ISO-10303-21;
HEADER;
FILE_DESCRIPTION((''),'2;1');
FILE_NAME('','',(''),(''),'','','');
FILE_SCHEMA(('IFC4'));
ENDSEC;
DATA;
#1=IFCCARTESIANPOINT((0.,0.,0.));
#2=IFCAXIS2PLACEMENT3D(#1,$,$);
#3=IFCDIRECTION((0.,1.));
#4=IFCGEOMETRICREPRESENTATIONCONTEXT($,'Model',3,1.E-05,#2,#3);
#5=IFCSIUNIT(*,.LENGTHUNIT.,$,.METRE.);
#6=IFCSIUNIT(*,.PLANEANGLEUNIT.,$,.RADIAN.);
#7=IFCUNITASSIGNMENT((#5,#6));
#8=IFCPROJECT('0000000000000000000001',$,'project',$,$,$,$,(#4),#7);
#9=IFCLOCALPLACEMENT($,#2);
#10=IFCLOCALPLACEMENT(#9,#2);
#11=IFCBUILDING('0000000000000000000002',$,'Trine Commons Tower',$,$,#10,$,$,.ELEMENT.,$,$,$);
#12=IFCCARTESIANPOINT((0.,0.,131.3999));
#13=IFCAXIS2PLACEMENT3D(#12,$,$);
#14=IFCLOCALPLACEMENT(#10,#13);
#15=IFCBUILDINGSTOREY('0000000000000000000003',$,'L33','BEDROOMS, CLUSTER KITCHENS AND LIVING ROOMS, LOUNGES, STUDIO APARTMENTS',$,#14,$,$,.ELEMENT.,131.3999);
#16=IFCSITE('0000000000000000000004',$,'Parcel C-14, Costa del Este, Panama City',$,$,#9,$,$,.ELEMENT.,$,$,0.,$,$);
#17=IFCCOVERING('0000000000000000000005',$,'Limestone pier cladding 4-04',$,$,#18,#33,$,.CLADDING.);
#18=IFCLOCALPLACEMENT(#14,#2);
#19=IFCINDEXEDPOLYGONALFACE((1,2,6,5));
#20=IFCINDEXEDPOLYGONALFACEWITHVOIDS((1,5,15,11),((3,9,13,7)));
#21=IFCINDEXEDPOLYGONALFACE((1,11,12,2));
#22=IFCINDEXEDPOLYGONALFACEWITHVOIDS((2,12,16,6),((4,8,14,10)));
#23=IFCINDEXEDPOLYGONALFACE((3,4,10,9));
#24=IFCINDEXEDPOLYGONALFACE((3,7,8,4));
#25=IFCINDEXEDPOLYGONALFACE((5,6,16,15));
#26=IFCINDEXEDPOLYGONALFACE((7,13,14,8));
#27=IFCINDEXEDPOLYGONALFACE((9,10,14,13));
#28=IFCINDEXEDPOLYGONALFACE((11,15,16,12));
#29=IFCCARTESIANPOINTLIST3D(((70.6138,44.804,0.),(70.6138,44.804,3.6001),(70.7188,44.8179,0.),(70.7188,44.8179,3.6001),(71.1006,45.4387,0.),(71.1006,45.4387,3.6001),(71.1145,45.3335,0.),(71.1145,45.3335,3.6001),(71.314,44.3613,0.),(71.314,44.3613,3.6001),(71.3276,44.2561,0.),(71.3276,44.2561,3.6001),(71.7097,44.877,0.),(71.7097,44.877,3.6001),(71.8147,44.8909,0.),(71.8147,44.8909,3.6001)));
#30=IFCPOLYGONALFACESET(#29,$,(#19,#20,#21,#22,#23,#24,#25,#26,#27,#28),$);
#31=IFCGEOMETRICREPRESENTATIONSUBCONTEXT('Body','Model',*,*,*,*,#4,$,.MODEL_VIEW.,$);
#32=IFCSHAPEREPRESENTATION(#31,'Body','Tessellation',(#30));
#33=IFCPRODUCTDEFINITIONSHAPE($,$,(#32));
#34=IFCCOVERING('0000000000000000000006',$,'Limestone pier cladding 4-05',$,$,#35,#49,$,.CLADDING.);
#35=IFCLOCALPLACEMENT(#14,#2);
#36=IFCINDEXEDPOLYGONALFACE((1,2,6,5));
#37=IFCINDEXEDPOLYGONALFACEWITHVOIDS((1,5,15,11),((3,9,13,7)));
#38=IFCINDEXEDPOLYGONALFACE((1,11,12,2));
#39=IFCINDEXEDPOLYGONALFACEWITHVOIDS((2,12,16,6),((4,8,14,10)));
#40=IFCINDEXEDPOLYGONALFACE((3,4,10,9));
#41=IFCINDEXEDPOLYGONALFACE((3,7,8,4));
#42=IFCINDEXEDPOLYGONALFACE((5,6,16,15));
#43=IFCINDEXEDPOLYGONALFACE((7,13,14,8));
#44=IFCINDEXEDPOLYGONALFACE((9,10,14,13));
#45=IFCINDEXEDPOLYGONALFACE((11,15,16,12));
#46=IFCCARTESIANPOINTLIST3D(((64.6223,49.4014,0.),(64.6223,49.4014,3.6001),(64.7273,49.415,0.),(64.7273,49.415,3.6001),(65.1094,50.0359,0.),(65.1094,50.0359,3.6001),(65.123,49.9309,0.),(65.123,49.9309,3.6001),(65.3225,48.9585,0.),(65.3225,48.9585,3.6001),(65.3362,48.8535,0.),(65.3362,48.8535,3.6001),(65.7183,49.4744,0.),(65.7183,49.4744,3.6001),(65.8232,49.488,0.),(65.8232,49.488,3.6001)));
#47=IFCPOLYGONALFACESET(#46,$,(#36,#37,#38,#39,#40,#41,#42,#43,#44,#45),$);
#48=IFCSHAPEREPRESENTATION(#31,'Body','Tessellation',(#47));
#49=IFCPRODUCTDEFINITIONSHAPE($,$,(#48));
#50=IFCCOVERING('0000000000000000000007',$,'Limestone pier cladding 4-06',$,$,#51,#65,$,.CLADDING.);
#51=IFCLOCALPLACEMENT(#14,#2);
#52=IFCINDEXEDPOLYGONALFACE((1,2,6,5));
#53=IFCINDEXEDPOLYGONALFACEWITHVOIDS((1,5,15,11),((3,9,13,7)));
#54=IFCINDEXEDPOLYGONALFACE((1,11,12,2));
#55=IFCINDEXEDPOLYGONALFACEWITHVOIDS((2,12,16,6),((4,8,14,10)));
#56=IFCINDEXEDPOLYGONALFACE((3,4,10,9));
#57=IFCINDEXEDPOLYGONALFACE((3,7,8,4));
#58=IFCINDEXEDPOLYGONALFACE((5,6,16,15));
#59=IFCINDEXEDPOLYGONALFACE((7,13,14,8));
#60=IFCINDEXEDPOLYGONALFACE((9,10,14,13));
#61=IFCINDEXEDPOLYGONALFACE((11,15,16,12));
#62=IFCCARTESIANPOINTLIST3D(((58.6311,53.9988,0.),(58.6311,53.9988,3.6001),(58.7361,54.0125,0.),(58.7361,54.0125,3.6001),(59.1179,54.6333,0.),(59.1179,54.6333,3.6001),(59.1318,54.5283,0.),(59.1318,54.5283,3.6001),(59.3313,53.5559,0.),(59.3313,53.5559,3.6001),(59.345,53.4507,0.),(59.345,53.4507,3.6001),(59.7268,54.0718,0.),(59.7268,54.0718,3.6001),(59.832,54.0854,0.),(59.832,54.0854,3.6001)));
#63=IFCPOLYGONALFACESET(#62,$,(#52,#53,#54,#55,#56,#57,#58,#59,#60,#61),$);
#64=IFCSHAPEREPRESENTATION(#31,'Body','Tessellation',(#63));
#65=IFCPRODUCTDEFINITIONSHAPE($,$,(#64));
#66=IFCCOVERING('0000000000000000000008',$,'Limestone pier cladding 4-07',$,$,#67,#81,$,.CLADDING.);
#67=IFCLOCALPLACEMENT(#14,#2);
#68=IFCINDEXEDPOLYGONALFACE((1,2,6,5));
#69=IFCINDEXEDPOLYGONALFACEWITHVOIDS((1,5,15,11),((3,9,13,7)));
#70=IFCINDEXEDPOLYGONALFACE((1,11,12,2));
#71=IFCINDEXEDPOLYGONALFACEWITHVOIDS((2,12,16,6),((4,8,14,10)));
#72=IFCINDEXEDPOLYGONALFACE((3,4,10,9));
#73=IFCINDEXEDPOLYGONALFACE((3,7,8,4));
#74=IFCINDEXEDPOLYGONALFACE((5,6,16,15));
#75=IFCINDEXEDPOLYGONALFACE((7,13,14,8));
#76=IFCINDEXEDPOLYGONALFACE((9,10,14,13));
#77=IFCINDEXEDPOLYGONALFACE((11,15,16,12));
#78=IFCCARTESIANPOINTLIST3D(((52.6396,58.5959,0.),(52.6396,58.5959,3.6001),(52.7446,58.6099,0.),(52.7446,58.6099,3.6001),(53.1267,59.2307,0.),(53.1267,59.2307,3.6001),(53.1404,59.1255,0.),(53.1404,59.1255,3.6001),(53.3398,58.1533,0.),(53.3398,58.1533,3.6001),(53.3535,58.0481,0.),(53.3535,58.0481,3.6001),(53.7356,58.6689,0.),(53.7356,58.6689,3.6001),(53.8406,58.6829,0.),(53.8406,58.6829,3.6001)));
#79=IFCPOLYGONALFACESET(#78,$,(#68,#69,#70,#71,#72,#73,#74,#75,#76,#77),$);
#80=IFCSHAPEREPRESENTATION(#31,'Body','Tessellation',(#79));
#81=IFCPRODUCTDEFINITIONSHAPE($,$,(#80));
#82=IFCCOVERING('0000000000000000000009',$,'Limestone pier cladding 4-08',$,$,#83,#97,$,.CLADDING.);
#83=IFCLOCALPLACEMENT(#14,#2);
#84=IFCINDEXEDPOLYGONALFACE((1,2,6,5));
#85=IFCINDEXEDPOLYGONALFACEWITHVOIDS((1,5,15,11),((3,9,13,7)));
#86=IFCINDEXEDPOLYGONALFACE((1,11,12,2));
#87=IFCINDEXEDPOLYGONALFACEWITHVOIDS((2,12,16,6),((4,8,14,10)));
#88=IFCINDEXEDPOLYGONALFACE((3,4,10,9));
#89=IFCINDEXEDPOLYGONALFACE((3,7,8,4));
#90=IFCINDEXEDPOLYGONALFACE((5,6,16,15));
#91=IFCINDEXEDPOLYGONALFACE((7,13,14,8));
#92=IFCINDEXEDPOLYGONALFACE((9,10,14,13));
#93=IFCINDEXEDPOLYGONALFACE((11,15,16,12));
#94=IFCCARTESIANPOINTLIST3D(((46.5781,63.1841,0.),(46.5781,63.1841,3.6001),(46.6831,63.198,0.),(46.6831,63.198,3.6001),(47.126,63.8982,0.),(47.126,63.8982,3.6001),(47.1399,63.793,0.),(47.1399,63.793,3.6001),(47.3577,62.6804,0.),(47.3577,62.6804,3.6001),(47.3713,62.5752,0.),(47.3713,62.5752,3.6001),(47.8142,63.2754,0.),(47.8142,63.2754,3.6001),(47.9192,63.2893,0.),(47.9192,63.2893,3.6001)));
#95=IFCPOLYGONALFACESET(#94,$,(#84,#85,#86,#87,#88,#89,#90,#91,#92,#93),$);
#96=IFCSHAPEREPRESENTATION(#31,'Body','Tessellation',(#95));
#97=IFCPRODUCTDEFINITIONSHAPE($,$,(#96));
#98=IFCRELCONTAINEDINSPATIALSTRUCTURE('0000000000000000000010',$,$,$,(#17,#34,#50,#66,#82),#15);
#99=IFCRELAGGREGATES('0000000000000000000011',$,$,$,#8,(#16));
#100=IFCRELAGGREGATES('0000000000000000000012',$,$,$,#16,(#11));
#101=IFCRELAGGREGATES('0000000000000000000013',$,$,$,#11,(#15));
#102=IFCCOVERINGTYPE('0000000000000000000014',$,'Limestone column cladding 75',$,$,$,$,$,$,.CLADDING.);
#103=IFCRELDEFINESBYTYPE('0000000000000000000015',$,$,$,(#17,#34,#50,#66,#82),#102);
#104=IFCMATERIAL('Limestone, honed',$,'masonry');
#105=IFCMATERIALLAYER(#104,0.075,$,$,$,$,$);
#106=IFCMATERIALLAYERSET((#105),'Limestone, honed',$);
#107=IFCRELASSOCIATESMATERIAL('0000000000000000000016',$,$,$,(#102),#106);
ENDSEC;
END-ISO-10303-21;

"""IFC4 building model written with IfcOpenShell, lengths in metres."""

from ifc_helpers import new_model, si_unit, direction, frame, origin, place, context, subcontext, project, spatial, polyline, outline, extrude, material, layer, layer_set, type_object, element, save


model = new_model("IFC4")

# Units and contexts
model_context = context("Model", 3, precision=1e-05, world=origin(), true_north=direction((0.0, 1.0)))
body_context = subcontext(model_context, "Body", "Model", "MODEL_VIEW")
ifc_project = project(units=[si_unit("LENGTHUNIT", "METRE"), si_unit("PLANEANGLEUNIT", "RADIAN")], contexts=[model_context])

# Site, building, storey
site_placement = place(None, origin())
site = spatial("IfcSite", under=ifc_project, at=site_placement, Name="Parcel C-14, Costa del Este, Panama City", CompositionType="ELEMENT", RefElevation=0.0)
building_placement = place(site_placement, origin())
building = spatial("IfcBuilding", under=site, at=building_placement, Name="Trine Commons Tower", CompositionType="ELEMENT")
storey_placement = place(building_placement, frame((0.0, 0.0, 131.3999)))
storey = spatial("IfcBuildingStorey", under=building, at=storey_placement, Name="L33", Description="BEDROOMS, CLUSTER KITCHENS AND LIVING ROOMS, LOUNGES, STUDIO APARTMENTS", CompositionType="ELEMENT", Elevation=131.3999)

# Coverings
ifc_material_1 = material(Name="Limestone, honed", Category="masonry")
ifc_layer_1 = layer(ifc_material_1, 0.075)
ifc_layer_set_1 = layer_set([ifc_layer_1], Name="Limestone, honed")
covering_type_1 = type_object("IfcCoveringType", Name="Limestone column cladding 75", PredefinedType="CLADDING", material=ifc_layer_set_1)
covering_1_placement = place(storey_placement, origin())
element("IfcCovering", 1, at=covering_1_placement, inside=storey, type_object=covering_type_1, Name="Limestone pier cladding 4-04", PredefinedType="CLADDING", context=body_context, shape_type="SweptSolid", body=[
    extrude(outline(polyline([(71.1006, 45.4387), (70.6138, 44.804), (71.3276, 44.2561), (71.8147, 44.8909), (71.1006, 45.4387)]), holes=[polyline([(71.1145, 45.3335), (70.7188, 44.8179), (71.314, 44.3613), (71.7097, 44.877), (71.1145, 45.3335)])]), origin(), (0.0, 0.0, 1.0), 3.6001),
])
covering_2_placement = place(storey_placement, origin())
element("IfcCovering", 2, at=covering_2_placement, inside=storey, type_object=covering_type_1, Name="Limestone pier cladding 4-05", PredefinedType="CLADDING", context=body_context, shape_type="SweptSolid", body=[
    extrude(outline(polyline([(65.1094, 50.0359), (64.6223, 49.4014), (65.3362, 48.8535), (65.8232, 49.488), (65.1094, 50.0359)]), holes=[polyline([(65.123, 49.9309), (64.7273, 49.415), (65.3225, 48.9585), (65.7183, 49.4744), (65.123, 49.9309)])]), origin(), (0.0, 0.0, 1.0), 3.6001),
])
covering_3_placement = place(storey_placement, origin())
element("IfcCovering", 3, at=covering_3_placement, inside=storey, type_object=covering_type_1, Name="Limestone pier cladding 4-06", PredefinedType="CLADDING", context=body_context, shape_type="SweptSolid", body=[
    extrude(outline(polyline([(59.1179, 54.6333), (58.6311, 53.9988), (59.345, 53.4507), (59.832, 54.0854), (59.1179, 54.6333)]), holes=[polyline([(59.1318, 54.5283), (58.7361, 54.0125), (59.3313, 53.5559), (59.7268, 54.0718), (59.1318, 54.5283)])]), origin(), (0.0, 0.0, 1.0), 3.6001),
])
covering_4_placement = place(storey_placement, origin())
element("IfcCovering", 4, at=covering_4_placement, inside=storey, type_object=covering_type_1, Name="Limestone pier cladding 4-07", PredefinedType="CLADDING", context=body_context, shape_type="SweptSolid", body=[
    extrude(outline(polyline([(53.1267, 59.2307), (52.6396, 58.5959), (53.3535, 58.0481), (53.8406, 58.6829), (53.1267, 59.2307)]), holes=[polyline([(53.1404, 59.1255), (52.7446, 58.6099), (53.3398, 58.1533), (53.7356, 58.6689), (53.1404, 59.1255)])]), origin(), (0.0, 0.0, 1.0), 3.6001),
])
covering_5_placement = place(storey_placement, origin())
element("IfcCovering", 5, at=covering_5_placement, inside=storey, type_object=covering_type_1, Name="Limestone pier cladding 4-08", PredefinedType="CLADDING", context=body_context, shape_type="SweptSolid", body=[
    extrude(outline(polyline([(47.126, 63.8982), (46.5781, 63.1841), (47.3713, 62.5752), (47.9192, 63.2893), (47.126, 63.8982)]), holes=[polyline([(47.1399, 63.793), (46.6831, 63.198), (47.3577, 62.6804), (47.8142, 63.2754), (47.1399, 63.793)])]), origin(), (0.0, 0.0, 1.0), 3.6001),
])

save(model, "model.ifc")
